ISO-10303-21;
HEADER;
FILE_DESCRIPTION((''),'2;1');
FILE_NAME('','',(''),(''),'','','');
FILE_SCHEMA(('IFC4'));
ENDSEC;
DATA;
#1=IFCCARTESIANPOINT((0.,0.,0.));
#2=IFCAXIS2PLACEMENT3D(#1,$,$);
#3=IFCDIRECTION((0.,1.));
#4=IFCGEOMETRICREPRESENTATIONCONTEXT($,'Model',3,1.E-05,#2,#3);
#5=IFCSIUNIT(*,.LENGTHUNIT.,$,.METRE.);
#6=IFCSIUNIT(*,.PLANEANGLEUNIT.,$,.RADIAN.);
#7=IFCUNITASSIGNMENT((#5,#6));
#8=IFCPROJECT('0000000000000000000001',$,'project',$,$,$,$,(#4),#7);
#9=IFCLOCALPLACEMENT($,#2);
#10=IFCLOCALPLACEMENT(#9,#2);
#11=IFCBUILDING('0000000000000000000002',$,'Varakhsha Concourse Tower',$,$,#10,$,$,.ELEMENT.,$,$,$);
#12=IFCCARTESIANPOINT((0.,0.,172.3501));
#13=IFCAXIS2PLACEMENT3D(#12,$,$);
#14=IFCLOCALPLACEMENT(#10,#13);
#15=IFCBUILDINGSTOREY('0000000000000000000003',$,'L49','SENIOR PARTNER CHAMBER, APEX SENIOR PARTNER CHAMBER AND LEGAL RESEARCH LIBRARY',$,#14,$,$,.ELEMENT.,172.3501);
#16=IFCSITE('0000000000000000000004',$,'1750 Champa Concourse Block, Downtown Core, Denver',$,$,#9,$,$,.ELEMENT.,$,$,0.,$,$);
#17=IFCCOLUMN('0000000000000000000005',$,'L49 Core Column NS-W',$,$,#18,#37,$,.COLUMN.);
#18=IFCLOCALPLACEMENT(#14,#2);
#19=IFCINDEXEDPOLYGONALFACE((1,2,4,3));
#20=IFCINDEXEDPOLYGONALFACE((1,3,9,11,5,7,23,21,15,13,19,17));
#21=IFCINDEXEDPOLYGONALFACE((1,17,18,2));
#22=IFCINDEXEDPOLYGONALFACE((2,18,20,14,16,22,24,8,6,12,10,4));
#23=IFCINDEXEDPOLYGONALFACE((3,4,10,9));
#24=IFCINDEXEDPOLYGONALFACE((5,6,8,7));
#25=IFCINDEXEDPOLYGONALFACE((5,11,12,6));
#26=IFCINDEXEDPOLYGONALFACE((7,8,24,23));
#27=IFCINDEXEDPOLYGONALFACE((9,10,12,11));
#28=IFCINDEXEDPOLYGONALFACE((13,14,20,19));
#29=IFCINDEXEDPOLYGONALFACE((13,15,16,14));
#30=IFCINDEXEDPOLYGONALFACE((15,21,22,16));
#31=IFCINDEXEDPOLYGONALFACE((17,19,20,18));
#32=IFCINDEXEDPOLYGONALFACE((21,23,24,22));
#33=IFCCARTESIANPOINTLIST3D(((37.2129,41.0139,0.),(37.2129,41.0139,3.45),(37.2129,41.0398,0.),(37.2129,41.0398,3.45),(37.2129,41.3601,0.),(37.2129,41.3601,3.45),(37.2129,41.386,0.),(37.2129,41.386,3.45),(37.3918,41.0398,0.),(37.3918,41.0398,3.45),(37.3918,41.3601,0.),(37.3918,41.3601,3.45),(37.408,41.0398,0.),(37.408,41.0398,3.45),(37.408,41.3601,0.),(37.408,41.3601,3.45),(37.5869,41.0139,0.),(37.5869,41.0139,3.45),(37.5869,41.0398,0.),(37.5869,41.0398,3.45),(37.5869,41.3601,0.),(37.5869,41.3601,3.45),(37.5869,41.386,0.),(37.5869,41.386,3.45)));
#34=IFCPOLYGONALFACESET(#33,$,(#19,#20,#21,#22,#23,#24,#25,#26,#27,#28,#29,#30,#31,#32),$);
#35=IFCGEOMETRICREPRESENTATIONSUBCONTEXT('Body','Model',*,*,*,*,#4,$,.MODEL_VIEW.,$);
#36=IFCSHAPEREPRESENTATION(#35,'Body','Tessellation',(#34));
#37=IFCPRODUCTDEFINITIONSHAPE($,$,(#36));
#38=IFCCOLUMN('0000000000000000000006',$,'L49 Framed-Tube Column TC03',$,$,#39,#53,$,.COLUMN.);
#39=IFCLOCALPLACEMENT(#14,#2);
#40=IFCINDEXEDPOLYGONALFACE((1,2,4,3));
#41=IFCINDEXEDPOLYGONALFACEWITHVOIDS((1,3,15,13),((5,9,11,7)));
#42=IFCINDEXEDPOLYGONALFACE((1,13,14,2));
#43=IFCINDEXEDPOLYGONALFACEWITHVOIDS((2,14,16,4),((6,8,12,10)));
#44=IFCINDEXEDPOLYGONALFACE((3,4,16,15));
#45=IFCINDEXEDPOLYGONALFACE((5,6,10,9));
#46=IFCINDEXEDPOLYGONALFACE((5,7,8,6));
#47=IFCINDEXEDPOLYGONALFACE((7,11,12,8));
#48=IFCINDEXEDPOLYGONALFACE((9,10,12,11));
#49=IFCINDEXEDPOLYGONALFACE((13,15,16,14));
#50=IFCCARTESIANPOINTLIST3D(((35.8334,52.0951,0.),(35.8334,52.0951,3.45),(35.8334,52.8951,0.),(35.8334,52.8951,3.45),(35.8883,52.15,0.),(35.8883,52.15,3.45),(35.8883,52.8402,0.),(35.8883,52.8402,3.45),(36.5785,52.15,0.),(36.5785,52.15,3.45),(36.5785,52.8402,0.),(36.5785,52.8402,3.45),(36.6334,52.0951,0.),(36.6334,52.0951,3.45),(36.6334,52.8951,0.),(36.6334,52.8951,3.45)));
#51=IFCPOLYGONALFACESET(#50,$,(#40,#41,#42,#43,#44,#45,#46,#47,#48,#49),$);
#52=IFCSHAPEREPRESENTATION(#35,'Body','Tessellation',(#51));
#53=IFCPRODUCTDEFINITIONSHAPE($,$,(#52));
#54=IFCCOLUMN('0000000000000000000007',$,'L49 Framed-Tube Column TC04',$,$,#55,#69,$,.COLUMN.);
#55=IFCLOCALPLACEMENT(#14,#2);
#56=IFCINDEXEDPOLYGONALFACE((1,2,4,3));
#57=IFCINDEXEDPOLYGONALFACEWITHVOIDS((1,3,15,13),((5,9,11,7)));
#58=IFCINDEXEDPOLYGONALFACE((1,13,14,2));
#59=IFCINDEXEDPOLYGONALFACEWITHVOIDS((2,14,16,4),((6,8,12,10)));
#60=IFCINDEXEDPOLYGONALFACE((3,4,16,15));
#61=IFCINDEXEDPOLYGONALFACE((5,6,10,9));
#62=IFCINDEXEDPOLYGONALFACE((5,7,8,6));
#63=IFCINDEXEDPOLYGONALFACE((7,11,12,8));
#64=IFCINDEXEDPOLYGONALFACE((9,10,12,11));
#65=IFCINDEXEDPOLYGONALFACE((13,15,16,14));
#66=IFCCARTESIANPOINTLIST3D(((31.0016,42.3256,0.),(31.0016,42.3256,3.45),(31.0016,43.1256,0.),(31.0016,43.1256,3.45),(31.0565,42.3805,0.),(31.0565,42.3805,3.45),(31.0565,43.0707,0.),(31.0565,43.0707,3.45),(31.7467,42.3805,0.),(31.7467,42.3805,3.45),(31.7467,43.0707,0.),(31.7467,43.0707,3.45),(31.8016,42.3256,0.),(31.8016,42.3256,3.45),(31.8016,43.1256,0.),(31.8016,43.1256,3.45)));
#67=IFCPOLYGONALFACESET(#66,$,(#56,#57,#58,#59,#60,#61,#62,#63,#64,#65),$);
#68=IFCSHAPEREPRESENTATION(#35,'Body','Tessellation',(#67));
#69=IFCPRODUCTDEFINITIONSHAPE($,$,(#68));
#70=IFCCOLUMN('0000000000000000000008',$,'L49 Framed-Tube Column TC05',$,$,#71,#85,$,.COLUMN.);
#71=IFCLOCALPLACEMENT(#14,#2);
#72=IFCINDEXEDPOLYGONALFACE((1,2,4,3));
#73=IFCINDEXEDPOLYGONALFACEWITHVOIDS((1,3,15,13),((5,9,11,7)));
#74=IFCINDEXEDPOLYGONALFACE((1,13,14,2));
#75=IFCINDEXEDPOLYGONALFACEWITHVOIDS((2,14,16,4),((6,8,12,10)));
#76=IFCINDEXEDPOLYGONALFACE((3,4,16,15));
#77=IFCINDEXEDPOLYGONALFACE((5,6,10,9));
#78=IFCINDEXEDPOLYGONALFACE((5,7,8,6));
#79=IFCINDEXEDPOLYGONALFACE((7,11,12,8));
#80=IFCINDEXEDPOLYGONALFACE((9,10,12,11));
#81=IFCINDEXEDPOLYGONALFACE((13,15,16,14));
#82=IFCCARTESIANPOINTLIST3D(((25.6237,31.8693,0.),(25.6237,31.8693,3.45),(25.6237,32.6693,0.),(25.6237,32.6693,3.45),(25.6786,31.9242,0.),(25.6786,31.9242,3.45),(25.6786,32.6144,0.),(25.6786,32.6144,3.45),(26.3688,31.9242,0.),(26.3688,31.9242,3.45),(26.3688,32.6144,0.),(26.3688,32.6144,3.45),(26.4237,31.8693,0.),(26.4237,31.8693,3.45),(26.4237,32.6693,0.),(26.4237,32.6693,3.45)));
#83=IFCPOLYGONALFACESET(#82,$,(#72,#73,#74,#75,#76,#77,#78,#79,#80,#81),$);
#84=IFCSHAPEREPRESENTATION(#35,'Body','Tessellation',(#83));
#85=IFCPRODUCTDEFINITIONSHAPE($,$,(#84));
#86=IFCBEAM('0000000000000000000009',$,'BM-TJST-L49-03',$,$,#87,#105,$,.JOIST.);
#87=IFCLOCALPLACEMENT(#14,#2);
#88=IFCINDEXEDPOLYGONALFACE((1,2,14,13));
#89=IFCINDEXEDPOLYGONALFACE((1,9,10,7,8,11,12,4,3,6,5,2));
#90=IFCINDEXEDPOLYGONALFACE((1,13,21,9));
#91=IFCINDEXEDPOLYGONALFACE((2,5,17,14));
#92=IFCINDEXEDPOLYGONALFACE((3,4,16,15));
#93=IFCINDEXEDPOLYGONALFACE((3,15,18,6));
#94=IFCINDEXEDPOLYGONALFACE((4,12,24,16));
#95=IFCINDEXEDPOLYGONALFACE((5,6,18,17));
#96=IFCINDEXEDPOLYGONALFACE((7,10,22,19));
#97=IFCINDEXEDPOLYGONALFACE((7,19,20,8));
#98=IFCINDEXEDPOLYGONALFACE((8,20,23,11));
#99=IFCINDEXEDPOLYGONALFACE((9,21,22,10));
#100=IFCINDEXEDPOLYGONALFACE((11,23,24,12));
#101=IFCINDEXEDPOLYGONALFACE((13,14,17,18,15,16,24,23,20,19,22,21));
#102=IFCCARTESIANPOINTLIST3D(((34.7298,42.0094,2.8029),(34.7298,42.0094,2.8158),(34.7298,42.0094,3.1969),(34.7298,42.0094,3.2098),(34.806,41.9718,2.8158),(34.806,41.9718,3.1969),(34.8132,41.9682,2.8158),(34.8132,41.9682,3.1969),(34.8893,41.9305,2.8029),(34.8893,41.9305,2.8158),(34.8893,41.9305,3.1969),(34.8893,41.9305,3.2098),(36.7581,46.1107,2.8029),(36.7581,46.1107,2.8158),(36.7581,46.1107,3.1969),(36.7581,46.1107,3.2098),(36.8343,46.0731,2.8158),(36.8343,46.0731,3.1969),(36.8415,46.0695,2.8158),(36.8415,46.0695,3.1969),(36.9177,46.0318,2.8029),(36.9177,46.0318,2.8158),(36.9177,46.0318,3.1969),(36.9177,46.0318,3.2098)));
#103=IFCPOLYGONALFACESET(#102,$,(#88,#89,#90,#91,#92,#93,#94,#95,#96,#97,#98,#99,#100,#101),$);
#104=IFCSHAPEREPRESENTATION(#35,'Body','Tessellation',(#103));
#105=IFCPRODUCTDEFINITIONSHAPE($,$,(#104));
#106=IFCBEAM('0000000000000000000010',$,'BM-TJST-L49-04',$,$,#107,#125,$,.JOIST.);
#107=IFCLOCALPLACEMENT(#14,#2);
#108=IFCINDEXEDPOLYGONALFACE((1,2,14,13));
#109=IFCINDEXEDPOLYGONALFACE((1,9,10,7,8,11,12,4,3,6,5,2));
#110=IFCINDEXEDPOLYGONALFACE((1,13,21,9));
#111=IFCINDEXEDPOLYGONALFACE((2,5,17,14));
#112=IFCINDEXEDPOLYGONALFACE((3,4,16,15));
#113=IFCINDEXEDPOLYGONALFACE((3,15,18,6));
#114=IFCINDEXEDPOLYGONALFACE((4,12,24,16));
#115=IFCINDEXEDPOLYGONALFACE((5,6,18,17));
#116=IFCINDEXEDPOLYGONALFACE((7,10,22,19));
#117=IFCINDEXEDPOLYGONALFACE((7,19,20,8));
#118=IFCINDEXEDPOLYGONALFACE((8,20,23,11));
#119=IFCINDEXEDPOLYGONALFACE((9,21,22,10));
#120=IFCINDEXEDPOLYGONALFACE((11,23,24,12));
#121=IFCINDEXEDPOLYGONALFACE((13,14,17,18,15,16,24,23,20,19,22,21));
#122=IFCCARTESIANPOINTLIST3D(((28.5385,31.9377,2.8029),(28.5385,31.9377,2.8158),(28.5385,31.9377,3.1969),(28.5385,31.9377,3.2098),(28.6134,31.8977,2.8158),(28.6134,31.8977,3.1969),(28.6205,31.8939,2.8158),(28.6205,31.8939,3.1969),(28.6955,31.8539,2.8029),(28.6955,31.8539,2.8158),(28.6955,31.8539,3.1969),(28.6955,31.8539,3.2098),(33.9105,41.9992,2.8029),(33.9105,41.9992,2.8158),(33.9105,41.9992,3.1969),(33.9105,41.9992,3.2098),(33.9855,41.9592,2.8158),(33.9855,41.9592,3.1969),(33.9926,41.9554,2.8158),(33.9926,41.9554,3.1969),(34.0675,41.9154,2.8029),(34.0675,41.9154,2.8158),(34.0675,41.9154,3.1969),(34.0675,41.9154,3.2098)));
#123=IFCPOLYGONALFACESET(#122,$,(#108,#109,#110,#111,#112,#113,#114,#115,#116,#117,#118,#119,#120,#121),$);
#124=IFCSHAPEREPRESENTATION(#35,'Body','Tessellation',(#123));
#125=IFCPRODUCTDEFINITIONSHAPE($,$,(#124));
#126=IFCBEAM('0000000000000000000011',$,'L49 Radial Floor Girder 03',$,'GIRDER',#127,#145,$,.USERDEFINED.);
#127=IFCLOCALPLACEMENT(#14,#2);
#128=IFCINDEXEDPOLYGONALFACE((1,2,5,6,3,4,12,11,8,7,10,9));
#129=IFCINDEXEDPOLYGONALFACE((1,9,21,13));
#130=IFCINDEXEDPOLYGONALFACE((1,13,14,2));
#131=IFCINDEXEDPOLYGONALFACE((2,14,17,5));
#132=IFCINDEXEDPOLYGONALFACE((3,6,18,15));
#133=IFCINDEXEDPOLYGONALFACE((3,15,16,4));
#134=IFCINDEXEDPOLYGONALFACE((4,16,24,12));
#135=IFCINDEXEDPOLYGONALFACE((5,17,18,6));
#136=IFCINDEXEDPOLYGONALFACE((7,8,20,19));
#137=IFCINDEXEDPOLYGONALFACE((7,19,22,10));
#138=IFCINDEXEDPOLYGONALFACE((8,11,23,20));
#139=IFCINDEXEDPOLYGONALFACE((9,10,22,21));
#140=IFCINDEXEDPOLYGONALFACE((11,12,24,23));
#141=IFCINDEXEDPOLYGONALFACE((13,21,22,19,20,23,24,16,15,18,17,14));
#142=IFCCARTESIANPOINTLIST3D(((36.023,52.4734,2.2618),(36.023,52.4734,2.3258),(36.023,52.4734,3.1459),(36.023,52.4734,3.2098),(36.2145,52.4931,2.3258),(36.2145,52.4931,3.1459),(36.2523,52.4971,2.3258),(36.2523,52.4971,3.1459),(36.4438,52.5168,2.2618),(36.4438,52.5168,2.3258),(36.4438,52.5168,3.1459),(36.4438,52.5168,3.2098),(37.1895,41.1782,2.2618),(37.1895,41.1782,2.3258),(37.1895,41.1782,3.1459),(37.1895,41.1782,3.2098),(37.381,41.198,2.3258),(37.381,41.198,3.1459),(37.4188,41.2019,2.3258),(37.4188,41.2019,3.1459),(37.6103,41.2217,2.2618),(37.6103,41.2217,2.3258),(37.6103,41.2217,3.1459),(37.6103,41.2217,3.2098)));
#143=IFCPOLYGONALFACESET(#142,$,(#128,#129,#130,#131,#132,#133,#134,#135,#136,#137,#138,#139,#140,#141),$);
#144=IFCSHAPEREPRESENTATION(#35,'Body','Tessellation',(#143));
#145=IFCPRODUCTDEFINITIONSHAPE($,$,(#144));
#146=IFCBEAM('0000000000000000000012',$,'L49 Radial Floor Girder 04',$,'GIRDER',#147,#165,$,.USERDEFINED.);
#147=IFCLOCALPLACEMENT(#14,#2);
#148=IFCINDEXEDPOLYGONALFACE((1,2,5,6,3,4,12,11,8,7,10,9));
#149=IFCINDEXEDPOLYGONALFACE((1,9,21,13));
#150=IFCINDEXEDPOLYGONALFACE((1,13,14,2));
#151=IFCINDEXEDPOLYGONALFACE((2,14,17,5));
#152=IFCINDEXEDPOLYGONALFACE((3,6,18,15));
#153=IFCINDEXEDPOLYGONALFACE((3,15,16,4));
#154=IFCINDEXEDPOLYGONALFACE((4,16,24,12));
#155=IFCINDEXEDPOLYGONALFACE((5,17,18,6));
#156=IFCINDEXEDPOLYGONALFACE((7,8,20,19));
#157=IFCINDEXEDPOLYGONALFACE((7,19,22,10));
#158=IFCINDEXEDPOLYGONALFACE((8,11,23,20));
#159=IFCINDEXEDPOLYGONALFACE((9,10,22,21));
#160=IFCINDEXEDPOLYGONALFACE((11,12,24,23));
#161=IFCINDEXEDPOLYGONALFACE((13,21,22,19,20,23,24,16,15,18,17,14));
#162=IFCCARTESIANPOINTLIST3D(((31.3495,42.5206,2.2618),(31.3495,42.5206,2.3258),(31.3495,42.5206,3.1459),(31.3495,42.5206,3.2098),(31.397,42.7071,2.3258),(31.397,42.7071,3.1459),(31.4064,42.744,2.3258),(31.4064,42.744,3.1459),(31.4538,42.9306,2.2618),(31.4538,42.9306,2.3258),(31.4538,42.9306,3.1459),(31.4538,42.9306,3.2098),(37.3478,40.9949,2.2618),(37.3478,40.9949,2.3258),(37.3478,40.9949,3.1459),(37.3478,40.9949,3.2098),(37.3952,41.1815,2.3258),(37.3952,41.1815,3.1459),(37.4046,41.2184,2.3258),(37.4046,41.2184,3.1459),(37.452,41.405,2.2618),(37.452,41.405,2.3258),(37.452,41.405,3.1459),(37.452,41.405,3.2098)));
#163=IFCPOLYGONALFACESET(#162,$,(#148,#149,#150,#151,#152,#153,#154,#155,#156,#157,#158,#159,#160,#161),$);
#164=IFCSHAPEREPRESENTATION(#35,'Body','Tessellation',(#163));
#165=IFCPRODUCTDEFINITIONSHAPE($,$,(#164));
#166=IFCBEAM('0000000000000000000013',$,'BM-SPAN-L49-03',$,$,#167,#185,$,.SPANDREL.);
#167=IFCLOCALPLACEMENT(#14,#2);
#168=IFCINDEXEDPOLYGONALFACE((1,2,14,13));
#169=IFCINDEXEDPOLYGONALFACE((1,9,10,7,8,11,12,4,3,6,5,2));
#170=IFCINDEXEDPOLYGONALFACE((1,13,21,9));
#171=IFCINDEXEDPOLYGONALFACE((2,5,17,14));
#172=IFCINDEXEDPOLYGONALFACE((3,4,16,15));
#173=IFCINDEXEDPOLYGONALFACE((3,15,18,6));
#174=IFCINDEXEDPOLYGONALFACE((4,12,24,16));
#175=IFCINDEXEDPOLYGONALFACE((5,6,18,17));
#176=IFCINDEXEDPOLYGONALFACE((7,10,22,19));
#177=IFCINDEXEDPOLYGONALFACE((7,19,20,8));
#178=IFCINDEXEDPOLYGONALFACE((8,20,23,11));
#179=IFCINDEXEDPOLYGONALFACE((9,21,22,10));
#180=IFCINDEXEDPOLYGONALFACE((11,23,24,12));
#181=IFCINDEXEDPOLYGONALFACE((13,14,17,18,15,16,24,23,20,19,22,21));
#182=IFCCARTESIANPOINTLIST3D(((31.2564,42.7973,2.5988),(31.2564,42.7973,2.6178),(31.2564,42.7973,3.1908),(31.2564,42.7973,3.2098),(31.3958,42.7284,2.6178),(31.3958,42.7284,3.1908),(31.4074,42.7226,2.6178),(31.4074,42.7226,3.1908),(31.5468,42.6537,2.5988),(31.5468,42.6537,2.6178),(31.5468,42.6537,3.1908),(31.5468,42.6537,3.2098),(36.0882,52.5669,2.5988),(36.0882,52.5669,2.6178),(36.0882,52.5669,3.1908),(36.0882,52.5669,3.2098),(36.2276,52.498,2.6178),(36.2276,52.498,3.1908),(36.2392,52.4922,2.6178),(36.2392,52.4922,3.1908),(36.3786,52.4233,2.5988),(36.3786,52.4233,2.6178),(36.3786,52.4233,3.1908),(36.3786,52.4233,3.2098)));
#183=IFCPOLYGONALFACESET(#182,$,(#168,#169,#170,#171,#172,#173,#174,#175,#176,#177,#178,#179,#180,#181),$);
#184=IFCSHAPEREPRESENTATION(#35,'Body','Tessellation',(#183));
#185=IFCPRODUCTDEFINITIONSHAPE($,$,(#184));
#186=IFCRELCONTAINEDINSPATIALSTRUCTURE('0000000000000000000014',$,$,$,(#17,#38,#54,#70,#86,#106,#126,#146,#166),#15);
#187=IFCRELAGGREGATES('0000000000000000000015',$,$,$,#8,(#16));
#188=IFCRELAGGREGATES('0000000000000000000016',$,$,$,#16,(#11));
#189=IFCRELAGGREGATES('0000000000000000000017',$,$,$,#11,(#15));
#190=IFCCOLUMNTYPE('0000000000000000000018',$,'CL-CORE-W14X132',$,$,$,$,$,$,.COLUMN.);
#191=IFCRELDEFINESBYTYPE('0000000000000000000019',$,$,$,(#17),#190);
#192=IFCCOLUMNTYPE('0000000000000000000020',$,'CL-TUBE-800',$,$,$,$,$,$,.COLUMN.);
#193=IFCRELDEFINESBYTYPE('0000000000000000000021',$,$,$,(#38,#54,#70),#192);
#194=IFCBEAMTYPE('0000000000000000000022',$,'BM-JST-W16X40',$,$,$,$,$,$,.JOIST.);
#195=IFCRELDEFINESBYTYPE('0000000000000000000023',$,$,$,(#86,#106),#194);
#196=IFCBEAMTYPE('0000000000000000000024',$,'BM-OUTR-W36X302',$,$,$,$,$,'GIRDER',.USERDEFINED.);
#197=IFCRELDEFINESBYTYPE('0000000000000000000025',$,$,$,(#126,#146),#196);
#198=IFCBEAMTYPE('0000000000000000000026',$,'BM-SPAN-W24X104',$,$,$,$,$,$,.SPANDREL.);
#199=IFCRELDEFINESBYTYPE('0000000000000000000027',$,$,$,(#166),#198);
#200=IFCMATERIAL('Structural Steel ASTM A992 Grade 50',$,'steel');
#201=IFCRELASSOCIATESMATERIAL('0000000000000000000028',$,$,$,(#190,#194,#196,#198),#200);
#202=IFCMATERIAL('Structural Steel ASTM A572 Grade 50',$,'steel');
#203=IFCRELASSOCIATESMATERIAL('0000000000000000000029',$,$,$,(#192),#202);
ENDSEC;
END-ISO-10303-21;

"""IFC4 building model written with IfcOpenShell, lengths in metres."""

from ifc_helpers import new_model, si_unit, direction, frame, origin, origin_2d, place, context, subcontext, project, spatial, hollow_rectangle, i_section, extrude, material, material_profile, profile_set, type_object, element, save


model = new_model("IFC4")

# Units and contexts
model_context = context("Model", 3, precision=1e-05, world=origin(), true_north=direction((0.0, 1.0)))
body_context = subcontext(model_context, "Body", "Model", "MODEL_VIEW")
ifc_project = project(units=[si_unit("LENGTHUNIT", "METRE"), si_unit("PLANEANGLEUNIT", "RADIAN")], contexts=[model_context])

# Site, building, storey
site_placement = place(None, origin())
site = spatial("IfcSite", under=ifc_project, at=site_placement, Name="1750 Champa Concourse Block, Downtown Core, Denver", CompositionType="ELEMENT", RefElevation=0.0)
building_placement = place(site_placement, origin())
building = spatial("IfcBuilding", under=site, at=building_placement, Name="Varakhsha Concourse Tower", CompositionType="ELEMENT")
storey_placement = place(building_placement, frame((0.0, 0.0, 172.3501)))
storey = spatial("IfcBuildingStorey", under=building, at=storey_placement, Name="L49", Description="SENIOR PARTNER CHAMBER, APEX SENIOR PARTNER CHAMBER AND LEGAL RESEARCH LIBRARY", CompositionType="ELEMENT", Elevation=172.3501)

# Columns
ifc_material_1 = material(Name="Structural Steel ASTM A992 Grade 50", Category="steel")
ifc_material_profile_1 = material_profile(ifc_material_1, i_section(OverallWidth=0.374, OverallDepth=0.3721, WebThickness=0.0161, FlangeThickness=0.0259, at=origin_2d()), Name="W14X132")
ifc_profile_set_1 = profile_set([ifc_material_profile_1], Name="Structural Steel ASTM A992 Grade 50")
column_type_1 = type_object("IfcColumnType", Name="CL-CORE-W14X132", PredefinedType="COLUMN", material=ifc_profile_set_1)
column_placement = place(storey_placement, frame((37.3999, 41.2, 0.0), z_axis=(0.0, 0.0, 1.0), x_axis=(1.0, 0.0, 0.0)))
element("IfcColumn", 1, at=column_placement, inside=storey, type_object=column_type_1, Name="L49 Core Column NS-W", PredefinedType="COLUMN", context=body_context, shape_type="SweptSolid", body=[
    extrude(i_section(OverallWidth=0.374, OverallDepth=0.3721, WebThickness=0.0161, FlangeThickness=0.0259, at=origin_2d()), origin(), (0.0, 0.0, 1.0), 3.45),
])
ifc_material_2 = material(Name="Structural Steel ASTM A572 Grade 50", Category="steel")
ifc_material_profile_2 = material_profile(ifc_material_2, hollow_rectangle(XDim=0.8, YDim=0.8, WallThickness=0.0549, at=origin_2d()), Name="BOX 800x800x55")
ifc_profile_set_2 = profile_set([ifc_material_profile_2], Name="Structural Steel ASTM A572 Grade 50")
column_type_2 = type_object("IfcColumnType", Name="CL-TUBE-800", PredefinedType="COLUMN", material=ifc_profile_set_2)
for number, where, z_axis, x_axis, name in (
    (2, (36.2334, 52.4951, 0.0), (0.0, 0.0, 1.0), (1.0, 0.0, 0.0), "L49 Framed-Tube Column TC03"),
    (3, (31.4016, 42.7256, 0.0), (0.0, 0.0, 1.0), (1.0, 0.0, 0.0), "L49 Framed-Tube Column TC04"),
    (4, (26.0237, 32.2693, 0.0), (0.0, 0.0, 1.0), (1.0, 0.0, 0.0), "L49 Framed-Tube Column TC05"),
):
    element("IfcColumn", number, at=place(storey_placement, frame(where, z_axis=z_axis, x_axis=x_axis)), inside=storey, type_object=column_type_2, Name=name, PredefinedType="COLUMN", context=body_context, shape_type="SweptSolid", body=[
        extrude(hollow_rectangle(XDim=0.8, YDim=0.8, WallThickness=0.0549, at=origin_2d()), origin(), (0.0, 0.0, 1.0), 3.45),
    ])

# Beams
ifc_material_profile_3 = material_profile(ifc_material_1, i_section(OverallWidth=0.178, OverallDepth=0.407, WebThickness=0.0081, FlangeThickness=0.0129, at=origin_2d()), Name="W16X40")
ifc_profile_set_3 = profile_set([ifc_material_profile_3], Name="Structural Steel ASTM A992 Grade 50")
beam_type_1 = type_object("IfcBeamType", Name="BM-JST-W16X40", PredefinedType="JOIST", material=ifc_profile_set_3)
beam_1_placement = place(storey_placement, frame((36.8379, 46.0713, 3.0063), z_axis=(-0.443303, -0.896372, 0.0), x_axis=(0.896372, -0.443303, 0.0)))
element("IfcBeam", 5, at=beam_1_placement, inside=storey, type_object=beam_type_1, Name="BM-TJST-L49-03", PredefinedType="JOIST", context=body_context, shape_type="SweptSolid", body=[
    extrude(i_section(OverallWidth=0.178, OverallDepth=0.407, WebThickness=0.0081, FlangeThickness=0.0129, at=origin_2d()), origin(), (0.0, 0.0, 1.0), 4.5754),
])
beam_2_placement = place(storey_placement, frame((33.989, 41.9573, 3.0063), z_axis=(-0.470993, -0.882137, 0.0), x_axis=(0.882137, -0.470993, 0.0)))
element("IfcBeam", 6, at=beam_2_placement, inside=storey, type_object=beam_type_1, Name="BM-TJST-L49-04", PredefinedType="JOIST", context=body_context, shape_type="SweptSolid", body=[
    extrude(i_section(OverallWidth=0.178, OverallDepth=0.407, WebThickness=0.0081, FlangeThickness=0.0129, at=origin_2d()), origin(), (0.0, 0.0, 1.0), 11.4058),
])
ifc_material_profile_4 = material_profile(ifc_material_1, i_section(OverallWidth=0.4231, OverallDepth=0.948, WebThickness=0.0381, FlangeThickness=0.064, at=origin_2d()), Name="W36X302")
ifc_profile_set_4 = profile_set([ifc_material_profile_4], Name="Structural Steel ASTM A992 Grade 50")
beam_type_2 = type_object("IfcBeamType", Name="BM-OUTR-W36X302", ElementType="GIRDER", PredefinedType="USERDEFINED", material=ifc_profile_set_4)
beam_3_placement = place(storey_placement, frame((37.3999, 41.2, 2.7358), z_axis=(-0.102728, 0.994709, 0.0), x_axis=(-0.994709, -0.102728, 0.0)))
element("IfcBeam", 7, at=beam_3_placement, inside=storey, type_object=beam_type_2, Name="L49 Radial Floor Girder 03", ObjectType="GIRDER", PredefinedType="USERDEFINED", context=body_context, shape_type="SweptSolid", body=[
    extrude(i_section(OverallWidth=0.4231, OverallDepth=0.948, WebThickness=0.0381, FlangeThickness=0.064, at=origin_2d()), origin(), (0.0, 0.0, 1.0), 11.3552),
])
beam_4_placement = place(storey_placement, frame((37.3999, 41.2, 2.7358), z_axis=(-0.969144, 0.246497, 0.0), x_axis=(-0.246497, -0.969144, 0.0)))
element("IfcBeam", 8, at=beam_4_placement, inside=storey, type_object=beam_type_2, Name="L49 Radial Floor Girder 04", ObjectType="GIRDER", PredefinedType="USERDEFINED", context=body_context, shape_type="SweptSolid", body=[
    extrude(i_section(OverallWidth=0.4231, OverallDepth=0.948, WebThickness=0.0381, FlangeThickness=0.064, at=origin_2d()), origin(), (0.0, 0.0, 1.0), 6.1892),
])
ifc_material_profile_5 = material_profile(ifc_material_1, i_section(OverallWidth=0.324, OverallDepth=0.6111, WebThickness=0.0129, FlangeThickness=0.019, at=origin_2d()), Name="W24X104")
ifc_profile_set_5 = profile_set([ifc_material_profile_5], Name="Structural Steel ASTM A992 Grade 50")
beam_type_3 = type_object("IfcBeamType", Name="BM-SPAN-W24X104", PredefinedType="SPANDREL", material=ifc_profile_set_5)
beam_5_placement = place(storey_placement, frame((36.2334, 52.4951, 2.9043), z_axis=(-0.443321, -0.896363, 0.0), x_axis=(0.896363, -0.443321, 0.0)))
element("IfcBeam", 9, at=beam_5_placement, inside=storey, type_object=beam_type_3, Name="BM-SPAN-L49-03", PredefinedType="SPANDREL", context=body_context, shape_type="SweptSolid", body=[
    extrude(i_section(OverallWidth=0.324, OverallDepth=0.6111, WebThickness=0.0129, FlangeThickness=0.019, at=origin_2d()), origin(), (0.0, 0.0, 1.0), 10.8992),
])

save(model, "model.ifc")
